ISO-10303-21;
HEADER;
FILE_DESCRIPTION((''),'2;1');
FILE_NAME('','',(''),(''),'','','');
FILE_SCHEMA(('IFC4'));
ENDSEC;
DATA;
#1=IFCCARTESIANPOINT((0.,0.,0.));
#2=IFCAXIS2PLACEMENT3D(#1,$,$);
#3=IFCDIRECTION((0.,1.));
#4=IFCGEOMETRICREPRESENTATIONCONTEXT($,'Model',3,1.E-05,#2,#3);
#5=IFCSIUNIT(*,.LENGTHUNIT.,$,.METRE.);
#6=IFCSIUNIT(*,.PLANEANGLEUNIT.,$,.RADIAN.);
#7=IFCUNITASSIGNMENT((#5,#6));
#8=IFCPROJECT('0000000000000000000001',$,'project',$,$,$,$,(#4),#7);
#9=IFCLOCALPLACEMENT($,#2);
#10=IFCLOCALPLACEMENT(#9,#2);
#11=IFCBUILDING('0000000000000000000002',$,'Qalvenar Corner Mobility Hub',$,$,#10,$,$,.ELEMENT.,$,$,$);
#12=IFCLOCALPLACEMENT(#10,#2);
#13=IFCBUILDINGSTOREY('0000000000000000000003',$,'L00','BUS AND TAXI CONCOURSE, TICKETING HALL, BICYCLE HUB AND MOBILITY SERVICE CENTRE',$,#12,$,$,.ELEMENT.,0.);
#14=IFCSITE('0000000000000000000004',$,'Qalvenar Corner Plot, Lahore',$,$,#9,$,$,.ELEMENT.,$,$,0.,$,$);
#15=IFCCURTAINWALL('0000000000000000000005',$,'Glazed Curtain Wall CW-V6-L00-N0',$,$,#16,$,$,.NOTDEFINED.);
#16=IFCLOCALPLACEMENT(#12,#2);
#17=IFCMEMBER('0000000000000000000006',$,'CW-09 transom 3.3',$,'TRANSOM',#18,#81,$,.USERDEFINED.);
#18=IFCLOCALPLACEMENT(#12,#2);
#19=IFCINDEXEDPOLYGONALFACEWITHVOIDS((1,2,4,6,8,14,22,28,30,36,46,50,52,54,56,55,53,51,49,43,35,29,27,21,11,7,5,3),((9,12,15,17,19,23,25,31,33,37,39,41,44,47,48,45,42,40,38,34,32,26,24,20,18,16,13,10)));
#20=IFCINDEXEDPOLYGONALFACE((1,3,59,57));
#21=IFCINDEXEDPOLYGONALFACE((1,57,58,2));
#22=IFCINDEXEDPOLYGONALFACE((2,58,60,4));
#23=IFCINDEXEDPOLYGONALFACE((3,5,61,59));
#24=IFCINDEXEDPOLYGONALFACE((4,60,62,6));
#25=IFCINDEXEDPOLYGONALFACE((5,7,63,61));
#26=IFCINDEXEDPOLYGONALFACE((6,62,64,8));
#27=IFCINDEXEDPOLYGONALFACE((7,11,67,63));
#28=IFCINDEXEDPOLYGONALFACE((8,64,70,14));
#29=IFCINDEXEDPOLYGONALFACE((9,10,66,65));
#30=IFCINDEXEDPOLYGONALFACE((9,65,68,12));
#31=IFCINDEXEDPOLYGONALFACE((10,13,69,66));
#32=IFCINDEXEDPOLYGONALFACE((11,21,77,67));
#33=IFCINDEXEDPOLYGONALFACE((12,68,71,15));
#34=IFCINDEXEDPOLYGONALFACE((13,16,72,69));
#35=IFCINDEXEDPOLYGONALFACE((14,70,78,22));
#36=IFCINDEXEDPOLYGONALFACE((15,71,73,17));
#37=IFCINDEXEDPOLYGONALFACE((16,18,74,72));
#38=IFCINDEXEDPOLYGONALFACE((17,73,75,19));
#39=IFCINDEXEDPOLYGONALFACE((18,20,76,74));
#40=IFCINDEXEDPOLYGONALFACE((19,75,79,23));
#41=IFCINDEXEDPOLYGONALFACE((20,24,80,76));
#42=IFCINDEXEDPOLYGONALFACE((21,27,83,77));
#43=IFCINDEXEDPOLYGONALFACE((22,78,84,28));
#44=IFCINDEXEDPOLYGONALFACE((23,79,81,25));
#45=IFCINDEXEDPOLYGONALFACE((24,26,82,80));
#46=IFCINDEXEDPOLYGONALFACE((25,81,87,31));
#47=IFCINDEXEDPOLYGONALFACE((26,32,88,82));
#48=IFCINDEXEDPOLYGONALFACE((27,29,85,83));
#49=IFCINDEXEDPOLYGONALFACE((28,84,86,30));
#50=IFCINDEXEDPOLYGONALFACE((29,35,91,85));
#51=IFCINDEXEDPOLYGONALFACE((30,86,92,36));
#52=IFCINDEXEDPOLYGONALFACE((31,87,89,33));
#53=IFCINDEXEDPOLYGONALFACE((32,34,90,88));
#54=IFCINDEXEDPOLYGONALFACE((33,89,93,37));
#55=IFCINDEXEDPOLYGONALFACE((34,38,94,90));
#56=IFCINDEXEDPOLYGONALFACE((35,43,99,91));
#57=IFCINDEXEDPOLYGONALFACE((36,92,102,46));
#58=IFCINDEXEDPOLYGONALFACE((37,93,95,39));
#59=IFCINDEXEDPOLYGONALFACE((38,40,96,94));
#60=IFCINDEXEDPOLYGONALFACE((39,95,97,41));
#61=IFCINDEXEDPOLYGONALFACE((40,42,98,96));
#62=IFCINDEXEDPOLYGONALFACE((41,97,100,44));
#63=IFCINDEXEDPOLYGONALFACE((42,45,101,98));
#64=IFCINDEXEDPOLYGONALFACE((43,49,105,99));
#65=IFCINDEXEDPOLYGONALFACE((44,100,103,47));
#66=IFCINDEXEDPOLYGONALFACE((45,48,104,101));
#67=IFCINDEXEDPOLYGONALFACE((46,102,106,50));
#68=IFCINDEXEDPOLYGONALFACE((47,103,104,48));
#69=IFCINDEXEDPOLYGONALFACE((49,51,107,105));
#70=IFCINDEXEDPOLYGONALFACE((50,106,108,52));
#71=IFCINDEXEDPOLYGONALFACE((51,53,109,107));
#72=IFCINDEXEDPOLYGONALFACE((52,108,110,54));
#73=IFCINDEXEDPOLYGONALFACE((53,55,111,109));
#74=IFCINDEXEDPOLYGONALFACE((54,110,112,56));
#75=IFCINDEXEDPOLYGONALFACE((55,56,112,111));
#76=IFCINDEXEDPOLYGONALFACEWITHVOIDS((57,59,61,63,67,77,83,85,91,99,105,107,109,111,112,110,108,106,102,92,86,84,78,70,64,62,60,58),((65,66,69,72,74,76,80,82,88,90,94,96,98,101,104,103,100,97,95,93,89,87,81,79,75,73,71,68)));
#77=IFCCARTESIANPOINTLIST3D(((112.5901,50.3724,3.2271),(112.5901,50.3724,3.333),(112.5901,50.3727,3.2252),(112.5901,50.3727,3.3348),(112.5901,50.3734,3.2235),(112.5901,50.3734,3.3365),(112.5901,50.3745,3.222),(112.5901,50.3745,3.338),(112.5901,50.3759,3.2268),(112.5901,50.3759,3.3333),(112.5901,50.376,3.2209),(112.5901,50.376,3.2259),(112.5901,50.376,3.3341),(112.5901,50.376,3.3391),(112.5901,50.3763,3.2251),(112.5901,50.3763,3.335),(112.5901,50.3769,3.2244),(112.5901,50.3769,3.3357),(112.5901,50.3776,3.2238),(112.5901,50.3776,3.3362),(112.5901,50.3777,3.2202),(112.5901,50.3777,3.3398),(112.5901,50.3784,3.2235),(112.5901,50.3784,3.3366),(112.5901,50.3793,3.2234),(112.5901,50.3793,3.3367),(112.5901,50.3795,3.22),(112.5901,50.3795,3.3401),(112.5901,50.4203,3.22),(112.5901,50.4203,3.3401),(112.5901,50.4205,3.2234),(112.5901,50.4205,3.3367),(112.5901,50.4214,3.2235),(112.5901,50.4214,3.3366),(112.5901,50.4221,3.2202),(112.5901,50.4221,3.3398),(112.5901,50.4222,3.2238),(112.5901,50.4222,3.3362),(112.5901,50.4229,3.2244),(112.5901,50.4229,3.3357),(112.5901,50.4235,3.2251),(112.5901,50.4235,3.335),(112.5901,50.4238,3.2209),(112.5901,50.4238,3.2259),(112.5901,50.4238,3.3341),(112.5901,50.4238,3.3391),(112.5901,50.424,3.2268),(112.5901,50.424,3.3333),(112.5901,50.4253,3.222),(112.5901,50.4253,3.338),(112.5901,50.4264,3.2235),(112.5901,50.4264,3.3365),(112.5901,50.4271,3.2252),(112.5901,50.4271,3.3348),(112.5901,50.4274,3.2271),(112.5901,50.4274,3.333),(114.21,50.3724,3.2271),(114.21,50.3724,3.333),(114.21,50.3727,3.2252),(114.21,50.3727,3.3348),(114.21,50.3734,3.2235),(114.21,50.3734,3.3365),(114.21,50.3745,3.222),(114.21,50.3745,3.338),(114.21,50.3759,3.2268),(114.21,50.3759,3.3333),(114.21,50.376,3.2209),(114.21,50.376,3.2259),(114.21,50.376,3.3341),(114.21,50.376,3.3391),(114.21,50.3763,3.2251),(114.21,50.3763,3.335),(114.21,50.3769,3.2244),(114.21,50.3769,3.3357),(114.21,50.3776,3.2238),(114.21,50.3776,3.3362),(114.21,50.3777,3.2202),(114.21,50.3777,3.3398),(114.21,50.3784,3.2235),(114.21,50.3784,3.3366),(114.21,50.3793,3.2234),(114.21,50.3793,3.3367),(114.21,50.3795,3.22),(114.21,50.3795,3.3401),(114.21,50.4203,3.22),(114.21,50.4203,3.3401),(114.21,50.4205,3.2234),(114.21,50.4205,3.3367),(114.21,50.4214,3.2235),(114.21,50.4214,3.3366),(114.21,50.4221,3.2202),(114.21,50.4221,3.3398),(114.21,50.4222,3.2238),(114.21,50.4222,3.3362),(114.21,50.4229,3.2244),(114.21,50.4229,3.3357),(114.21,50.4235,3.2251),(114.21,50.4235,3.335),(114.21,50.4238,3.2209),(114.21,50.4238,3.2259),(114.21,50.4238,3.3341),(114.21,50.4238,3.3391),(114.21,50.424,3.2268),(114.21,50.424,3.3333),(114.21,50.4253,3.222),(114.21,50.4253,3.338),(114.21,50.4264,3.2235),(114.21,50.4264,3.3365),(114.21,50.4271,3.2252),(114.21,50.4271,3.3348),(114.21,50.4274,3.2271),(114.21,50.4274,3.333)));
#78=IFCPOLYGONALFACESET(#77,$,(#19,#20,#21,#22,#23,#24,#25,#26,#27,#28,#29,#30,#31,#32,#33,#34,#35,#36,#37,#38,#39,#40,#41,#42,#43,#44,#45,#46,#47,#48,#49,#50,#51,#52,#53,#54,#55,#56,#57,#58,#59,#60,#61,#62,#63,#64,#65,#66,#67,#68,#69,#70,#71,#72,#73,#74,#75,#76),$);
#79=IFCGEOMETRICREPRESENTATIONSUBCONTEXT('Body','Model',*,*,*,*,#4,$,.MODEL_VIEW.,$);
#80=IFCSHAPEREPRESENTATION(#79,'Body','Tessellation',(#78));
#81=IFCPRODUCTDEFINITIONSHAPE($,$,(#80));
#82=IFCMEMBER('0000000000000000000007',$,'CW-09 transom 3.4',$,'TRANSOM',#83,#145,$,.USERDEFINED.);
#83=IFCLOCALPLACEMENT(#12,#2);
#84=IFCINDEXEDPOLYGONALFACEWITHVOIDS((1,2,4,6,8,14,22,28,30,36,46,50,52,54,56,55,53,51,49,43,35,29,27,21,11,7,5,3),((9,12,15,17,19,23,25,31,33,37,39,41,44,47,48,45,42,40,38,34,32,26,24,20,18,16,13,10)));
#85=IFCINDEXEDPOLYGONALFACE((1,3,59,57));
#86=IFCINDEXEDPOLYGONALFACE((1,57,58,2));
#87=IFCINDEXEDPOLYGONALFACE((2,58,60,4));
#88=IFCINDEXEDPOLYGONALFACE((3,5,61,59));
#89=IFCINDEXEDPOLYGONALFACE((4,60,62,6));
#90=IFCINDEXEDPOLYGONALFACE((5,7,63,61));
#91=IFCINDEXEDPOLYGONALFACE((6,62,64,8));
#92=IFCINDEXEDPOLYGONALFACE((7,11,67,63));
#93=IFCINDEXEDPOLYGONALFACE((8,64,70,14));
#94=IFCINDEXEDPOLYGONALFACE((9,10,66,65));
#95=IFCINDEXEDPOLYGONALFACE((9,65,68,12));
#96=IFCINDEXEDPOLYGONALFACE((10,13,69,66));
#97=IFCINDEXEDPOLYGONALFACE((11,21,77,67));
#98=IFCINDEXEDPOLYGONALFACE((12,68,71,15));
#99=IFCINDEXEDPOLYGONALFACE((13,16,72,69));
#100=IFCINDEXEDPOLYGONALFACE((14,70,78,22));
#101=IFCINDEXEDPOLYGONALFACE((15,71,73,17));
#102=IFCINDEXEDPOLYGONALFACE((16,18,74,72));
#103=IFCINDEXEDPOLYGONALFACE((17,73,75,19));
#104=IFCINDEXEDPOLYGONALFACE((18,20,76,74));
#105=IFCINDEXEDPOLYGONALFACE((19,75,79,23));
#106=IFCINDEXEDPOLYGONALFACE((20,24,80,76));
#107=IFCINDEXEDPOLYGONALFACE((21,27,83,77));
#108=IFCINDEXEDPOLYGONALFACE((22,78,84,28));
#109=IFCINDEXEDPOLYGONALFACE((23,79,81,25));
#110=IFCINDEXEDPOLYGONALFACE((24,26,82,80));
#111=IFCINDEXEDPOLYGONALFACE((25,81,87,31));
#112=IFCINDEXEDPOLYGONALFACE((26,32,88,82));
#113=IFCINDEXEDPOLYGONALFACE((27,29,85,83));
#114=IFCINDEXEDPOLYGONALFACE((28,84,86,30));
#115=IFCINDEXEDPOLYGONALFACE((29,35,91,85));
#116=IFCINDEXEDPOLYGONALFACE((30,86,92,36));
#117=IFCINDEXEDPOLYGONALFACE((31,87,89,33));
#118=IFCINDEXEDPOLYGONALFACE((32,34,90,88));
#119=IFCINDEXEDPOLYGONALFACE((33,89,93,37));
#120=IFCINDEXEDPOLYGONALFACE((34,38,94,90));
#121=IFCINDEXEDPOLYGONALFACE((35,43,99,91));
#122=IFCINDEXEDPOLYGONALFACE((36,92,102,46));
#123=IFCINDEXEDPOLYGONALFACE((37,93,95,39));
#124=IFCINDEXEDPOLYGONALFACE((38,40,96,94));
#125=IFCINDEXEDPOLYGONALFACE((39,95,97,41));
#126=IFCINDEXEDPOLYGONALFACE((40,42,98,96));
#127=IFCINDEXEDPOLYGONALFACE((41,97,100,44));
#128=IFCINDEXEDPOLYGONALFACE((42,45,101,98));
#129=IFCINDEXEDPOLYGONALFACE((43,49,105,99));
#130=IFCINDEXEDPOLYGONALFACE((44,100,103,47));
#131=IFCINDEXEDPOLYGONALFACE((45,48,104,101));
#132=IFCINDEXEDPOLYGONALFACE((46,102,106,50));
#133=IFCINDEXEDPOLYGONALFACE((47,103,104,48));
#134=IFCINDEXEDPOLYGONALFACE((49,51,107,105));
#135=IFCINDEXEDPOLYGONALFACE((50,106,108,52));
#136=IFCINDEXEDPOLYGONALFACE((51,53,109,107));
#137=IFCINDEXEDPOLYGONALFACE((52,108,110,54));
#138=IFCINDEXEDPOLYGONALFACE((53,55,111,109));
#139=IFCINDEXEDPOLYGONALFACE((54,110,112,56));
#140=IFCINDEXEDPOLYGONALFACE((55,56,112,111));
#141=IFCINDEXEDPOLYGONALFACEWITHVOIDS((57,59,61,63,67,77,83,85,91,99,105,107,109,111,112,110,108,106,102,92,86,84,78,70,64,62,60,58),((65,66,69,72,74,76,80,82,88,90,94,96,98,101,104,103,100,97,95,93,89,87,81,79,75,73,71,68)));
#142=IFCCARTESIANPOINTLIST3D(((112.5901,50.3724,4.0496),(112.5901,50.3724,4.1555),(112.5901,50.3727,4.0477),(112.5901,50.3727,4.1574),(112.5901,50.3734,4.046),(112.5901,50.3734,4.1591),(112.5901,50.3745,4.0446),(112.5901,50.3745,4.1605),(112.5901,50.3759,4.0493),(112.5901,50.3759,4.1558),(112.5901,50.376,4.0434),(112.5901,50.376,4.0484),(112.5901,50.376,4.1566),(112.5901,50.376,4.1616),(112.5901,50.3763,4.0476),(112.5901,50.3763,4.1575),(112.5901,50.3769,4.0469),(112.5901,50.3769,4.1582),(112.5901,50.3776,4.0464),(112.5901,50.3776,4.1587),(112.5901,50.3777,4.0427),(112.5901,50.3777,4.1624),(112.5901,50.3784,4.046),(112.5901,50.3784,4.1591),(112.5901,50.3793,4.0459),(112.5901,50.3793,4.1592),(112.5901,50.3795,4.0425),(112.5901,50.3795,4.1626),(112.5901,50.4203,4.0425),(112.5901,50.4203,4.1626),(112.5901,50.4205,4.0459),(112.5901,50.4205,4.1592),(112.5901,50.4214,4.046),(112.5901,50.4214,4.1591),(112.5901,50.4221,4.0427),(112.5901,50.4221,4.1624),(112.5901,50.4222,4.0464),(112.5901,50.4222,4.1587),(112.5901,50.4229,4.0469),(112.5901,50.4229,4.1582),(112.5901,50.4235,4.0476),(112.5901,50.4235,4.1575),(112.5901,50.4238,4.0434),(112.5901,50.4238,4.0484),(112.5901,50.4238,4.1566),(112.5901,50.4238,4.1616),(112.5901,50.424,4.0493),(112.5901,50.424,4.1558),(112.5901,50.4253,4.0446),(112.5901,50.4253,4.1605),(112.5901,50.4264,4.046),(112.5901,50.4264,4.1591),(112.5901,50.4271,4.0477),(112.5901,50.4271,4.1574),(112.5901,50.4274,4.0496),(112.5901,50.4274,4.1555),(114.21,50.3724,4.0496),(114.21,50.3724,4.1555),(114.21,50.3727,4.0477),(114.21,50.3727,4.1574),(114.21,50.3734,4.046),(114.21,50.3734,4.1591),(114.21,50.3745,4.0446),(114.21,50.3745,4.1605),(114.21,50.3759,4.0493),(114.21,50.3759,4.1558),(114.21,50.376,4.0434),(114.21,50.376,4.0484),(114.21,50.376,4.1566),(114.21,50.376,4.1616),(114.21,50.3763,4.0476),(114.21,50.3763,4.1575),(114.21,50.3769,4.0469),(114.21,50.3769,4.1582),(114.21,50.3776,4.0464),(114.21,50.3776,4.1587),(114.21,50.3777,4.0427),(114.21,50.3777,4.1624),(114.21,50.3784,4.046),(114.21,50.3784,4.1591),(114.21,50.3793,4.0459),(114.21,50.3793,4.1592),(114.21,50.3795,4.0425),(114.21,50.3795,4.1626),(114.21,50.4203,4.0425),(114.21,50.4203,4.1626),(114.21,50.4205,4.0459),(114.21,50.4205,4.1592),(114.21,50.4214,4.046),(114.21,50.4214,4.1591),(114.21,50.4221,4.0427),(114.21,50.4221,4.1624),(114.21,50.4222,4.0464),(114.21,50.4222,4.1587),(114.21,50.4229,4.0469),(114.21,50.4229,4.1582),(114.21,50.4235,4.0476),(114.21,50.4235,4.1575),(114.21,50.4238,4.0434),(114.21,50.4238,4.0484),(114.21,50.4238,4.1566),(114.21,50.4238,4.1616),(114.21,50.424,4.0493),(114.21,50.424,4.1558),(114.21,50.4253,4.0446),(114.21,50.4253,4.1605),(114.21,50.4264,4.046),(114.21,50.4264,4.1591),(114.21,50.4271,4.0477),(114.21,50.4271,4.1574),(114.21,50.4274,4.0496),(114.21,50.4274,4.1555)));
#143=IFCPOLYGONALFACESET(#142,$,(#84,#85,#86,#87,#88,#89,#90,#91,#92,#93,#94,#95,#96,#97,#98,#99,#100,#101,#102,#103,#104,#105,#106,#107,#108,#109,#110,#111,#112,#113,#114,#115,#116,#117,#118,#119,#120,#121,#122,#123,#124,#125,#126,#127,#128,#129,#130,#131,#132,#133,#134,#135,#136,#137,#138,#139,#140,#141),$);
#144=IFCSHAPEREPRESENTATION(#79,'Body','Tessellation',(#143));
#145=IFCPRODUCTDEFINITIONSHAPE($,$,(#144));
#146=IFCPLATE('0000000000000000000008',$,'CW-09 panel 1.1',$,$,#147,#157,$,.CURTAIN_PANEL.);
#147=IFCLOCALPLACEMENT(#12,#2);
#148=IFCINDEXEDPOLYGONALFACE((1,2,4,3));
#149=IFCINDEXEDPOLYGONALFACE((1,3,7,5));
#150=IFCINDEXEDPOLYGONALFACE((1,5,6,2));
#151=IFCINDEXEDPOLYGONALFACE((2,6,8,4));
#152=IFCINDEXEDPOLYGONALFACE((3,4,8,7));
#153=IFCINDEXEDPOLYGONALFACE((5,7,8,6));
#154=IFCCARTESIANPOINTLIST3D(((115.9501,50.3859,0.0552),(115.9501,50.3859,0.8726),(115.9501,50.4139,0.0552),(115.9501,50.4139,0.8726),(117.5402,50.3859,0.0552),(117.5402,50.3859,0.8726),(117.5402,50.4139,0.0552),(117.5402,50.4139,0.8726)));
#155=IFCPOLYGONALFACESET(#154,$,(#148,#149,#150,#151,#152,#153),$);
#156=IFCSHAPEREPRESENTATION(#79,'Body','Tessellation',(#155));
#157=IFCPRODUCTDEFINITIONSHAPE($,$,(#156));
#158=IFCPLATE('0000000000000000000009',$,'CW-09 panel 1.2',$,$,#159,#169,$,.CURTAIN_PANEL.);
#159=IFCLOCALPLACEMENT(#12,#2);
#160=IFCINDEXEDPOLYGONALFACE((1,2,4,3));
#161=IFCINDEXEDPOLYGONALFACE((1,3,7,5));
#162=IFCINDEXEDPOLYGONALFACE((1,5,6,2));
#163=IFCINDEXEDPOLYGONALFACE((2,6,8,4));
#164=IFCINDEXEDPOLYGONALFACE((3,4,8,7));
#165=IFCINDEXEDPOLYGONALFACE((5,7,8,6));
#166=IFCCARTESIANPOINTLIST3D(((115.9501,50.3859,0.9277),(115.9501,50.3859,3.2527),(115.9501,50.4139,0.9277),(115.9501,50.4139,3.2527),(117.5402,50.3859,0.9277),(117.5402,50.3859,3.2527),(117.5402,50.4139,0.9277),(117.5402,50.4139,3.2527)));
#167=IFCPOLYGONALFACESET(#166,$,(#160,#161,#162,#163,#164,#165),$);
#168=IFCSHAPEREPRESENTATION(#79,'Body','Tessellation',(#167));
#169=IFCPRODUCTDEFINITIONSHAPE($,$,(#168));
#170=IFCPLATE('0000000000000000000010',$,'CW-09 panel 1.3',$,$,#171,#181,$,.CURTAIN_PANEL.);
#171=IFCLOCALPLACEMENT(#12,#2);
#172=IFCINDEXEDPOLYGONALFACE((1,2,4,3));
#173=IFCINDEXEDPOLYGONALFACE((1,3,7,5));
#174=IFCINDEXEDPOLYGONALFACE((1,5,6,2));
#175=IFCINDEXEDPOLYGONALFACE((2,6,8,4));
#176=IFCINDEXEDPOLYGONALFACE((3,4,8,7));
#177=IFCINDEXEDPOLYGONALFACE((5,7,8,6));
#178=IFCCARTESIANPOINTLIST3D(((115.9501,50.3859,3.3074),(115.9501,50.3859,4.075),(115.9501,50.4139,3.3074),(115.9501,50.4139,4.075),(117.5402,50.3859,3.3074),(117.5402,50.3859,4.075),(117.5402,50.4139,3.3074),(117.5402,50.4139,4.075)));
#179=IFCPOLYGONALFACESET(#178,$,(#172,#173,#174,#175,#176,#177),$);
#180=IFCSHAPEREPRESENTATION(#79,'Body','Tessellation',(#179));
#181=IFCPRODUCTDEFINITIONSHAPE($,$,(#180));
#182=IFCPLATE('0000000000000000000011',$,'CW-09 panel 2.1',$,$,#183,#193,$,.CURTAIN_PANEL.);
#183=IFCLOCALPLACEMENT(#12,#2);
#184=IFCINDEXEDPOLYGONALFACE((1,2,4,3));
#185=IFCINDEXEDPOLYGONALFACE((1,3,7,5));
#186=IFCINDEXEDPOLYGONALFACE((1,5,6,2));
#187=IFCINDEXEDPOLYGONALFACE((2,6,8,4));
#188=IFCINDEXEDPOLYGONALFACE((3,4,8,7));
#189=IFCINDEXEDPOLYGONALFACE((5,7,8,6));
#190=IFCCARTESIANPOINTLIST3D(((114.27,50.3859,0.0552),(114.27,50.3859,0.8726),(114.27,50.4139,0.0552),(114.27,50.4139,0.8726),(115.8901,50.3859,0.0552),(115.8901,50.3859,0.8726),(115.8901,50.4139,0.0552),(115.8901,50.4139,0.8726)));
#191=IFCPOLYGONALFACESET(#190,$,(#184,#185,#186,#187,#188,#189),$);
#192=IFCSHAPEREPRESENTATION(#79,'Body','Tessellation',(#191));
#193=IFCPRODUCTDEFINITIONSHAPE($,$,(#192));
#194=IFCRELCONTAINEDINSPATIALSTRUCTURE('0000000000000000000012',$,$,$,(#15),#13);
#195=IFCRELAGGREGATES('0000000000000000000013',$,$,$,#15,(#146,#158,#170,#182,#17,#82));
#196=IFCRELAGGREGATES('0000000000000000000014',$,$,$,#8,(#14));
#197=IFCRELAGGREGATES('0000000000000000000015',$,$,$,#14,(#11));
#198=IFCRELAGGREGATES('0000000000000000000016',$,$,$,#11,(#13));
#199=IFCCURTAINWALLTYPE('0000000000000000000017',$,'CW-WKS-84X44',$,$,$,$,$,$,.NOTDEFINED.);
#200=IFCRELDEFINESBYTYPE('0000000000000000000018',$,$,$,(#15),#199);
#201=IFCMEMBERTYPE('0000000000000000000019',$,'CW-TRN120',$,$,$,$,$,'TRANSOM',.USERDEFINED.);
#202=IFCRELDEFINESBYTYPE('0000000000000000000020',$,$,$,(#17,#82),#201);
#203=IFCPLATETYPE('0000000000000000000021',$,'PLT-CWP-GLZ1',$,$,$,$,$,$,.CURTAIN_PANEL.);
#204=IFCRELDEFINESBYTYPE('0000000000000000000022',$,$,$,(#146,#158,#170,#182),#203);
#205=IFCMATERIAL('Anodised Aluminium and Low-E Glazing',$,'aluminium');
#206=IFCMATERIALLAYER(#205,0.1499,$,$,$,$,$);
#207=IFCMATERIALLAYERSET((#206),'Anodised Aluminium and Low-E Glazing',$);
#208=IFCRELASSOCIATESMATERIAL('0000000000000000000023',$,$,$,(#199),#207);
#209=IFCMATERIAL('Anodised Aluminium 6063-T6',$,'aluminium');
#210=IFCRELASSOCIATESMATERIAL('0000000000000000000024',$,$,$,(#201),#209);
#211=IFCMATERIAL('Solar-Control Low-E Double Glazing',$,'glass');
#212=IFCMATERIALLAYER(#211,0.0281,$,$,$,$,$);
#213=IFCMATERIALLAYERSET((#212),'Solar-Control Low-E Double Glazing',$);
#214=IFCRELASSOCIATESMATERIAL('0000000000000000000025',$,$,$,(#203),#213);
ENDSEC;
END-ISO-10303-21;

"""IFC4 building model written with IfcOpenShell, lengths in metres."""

from ifc_helpers import new_model, si_unit, direction, frame, origin, origin_2d, place, context, subcontext, project, spatial, rectangle, hollow_rectangle, extrude, material, layer, layer_set, material_profile, profile_set, type_object, element, aggregate, save


model = new_model("IFC4")

# Units and contexts
model_context = context("Model", 3, precision=1e-05, world=origin(), true_north=direction((0.0, 1.0)))
body_context = subcontext(model_context, "Body", "Model", "MODEL_VIEW")
ifc_project = project(units=[si_unit("LENGTHUNIT", "METRE"), si_unit("PLANEANGLEUNIT", "RADIAN")], contexts=[model_context])

# Site, building, storey
site_placement = place(None, origin())
site = spatial("IfcSite", under=ifc_project, at=site_placement, Name="Qalvenar Corner Plot, Lahore", CompositionType="ELEMENT", RefElevation=0.0)
building_placement = place(site_placement, origin())
building = spatial("IfcBuilding", under=site, at=building_placement, Name="Qalvenar Corner Mobility Hub", CompositionType="ELEMENT")
storey_placement = place(building_placement, origin())
storey = spatial("IfcBuildingStorey", under=building, at=storey_placement, Name="L00", Description="BUS AND TAXI CONCOURSE, TICKETING HALL, BICYCLE HUB AND MOBILITY SERVICE CENTRE", CompositionType="ELEMENT", Elevation=0.0)

# Curtain wall, members, plates
ifc_material_1 = material(Name="Anodised Aluminium and Low-E Glazing", Category="aluminium")
ifc_layer_1 = layer(ifc_material_1, 0.1499)
ifc_layer_set_1 = layer_set([ifc_layer_1], Name="Anodised Aluminium and Low-E Glazing")
curtain_wall_type = type_object("IfcCurtainWallType", Name="CW-WKS-84X44", PredefinedType="NOTDEFINED", material=ifc_layer_set_1)
curtain_wall_placement = place(storey_placement, origin())
curtain_wall = element("IfcCurtainWall", 1, at=curtain_wall_placement, inside=storey, type_object=curtain_wall_type, Name="Glazed Curtain Wall CW-V6-L00-N0", PredefinedType="NOTDEFINED")
ifc_material_2 = material(Name="Anodised Aluminium 6063-T6", Category="aluminium")
ifc_material_profile_1 = material_profile(ifc_material_2, hollow_rectangle(XDim=0.0549, YDim=0.1201, WallThickness=0.0034, InnerFilletRadius=0.0034, OuterFilletRadius=0.0071, at=origin_2d()), Name="RHS120x55x3.5")
ifc_profile_set_1 = profile_set([ifc_material_profile_1], Name="Anodised Aluminium 6063-T6")
member_type_1 = type_object("IfcMemberType", Name="CW-TRN120", ElementType="TRANSOM", PredefinedType="USERDEFINED", material=ifc_profile_set_1)
member_1_placement = place(storey_placement, frame((114.21, 50.3999, 3.28), z_axis=(-1.0, 0.0, 0.0), x_axis=(0.0, -1.0, 0.0)))
member_1 = element("IfcMember", 2, at=member_1_placement, type_object=member_type_1, Name="CW-09 transom 3.3", ObjectType="TRANSOM", PredefinedType="USERDEFINED", context=body_context, shape_type="SweptSolid", body=[
    extrude(hollow_rectangle(XDim=0.0549, YDim=0.1201, WallThickness=0.0034, InnerFilletRadius=0.0034, OuterFilletRadius=0.0071, at=origin_2d()), origin(), (0.0, 0.0, 1.0), 1.6199),
])
member_2_placement = place(storey_placement, frame((114.21, 50.3999, 4.1025), z_axis=(-1.0, 0.0, 0.0), x_axis=(0.0, -1.0, 0.0)))
member_2 = element("IfcMember", 3, at=member_2_placement, type_object=member_type_1, Name="CW-09 transom 3.4", ObjectType="TRANSOM", PredefinedType="USERDEFINED", context=body_context, shape_type="SweptSolid", body=[
    extrude(hollow_rectangle(XDim=0.0549, YDim=0.1201, WallThickness=0.0034, InnerFilletRadius=0.0034, OuterFilletRadius=0.0071, at=origin_2d()), origin(), (0.0, 0.0, 1.0), 1.6199),
])
ifc_material_3 = material(Name="Solar-Control Low-E Double Glazing", Category="glass")
ifc_layer_2 = layer(ifc_material_3, 0.0281)
ifc_layer_set_2 = layer_set([ifc_layer_2], Name="Solar-Control Low-E Double Glazing")
plate_type = type_object("IfcPlateType", Name="PLT-CWP-GLZ1", PredefinedType="CURTAIN_PANEL", material=ifc_layer_set_2)
plate_1_placement = place(storey_placement, frame((116.7451, 50.3999, 0.0552), z_axis=(0.0, 0.0, 1.0), x_axis=(-1.0, 0.0, 0.0)))
plate_1 = element("IfcPlate", 4, at=plate_1_placement, type_object=plate_type, Name="CW-09 panel 1.1", PredefinedType="CURTAIN_PANEL", context=body_context, shape_type="SweptSolid", body=[
    extrude(rectangle(XDim=1.5901, YDim=0.0281, at=origin_2d()), origin(), (0.0, 0.0, 1.0), 0.8174),
])
plate_2_placement = place(storey_placement, frame((116.7451, 50.3999, 0.9277), z_axis=(0.0, 0.0, 1.0), x_axis=(-1.0, 0.0, 0.0)))
plate_2 = element("IfcPlate", 5, at=plate_2_placement, type_object=plate_type, Name="CW-09 panel 1.2", PredefinedType="CURTAIN_PANEL", context=body_context, shape_type="SweptSolid", body=[
    extrude(rectangle(XDim=1.5901, YDim=0.0281, at=origin_2d()), origin(), (0.0, 0.0, 1.0), 2.325),
])
plate_3_placement = place(storey_placement, frame((116.7451, 50.3999, 3.3074), z_axis=(0.0, 0.0, 1.0), x_axis=(-1.0, 0.0, 0.0)))
plate_3 = element("IfcPlate", 6, at=plate_3_placement, type_object=plate_type, Name="CW-09 panel 1.3", PredefinedType="CURTAIN_PANEL", context=body_context, shape_type="SweptSolid", body=[
    extrude(rectangle(XDim=1.5901, YDim=0.0281, at=origin_2d()), origin(), (0.0, 0.0, 1.0), 0.7676),
])
plate_4_placement = place(storey_placement, frame((115.0801, 50.3999, 0.0552), z_axis=(0.0, 0.0, 1.0), x_axis=(-1.0, 0.0, 0.0)))
plate_4 = element("IfcPlate", 7, at=plate_4_placement, type_object=plate_type, Name="CW-09 panel 2.1", PredefinedType="CURTAIN_PANEL", context=body_context, shape_type="SweptSolid", body=[
    extrude(rectangle(XDim=1.6201, YDim=0.0281, at=origin_2d()), origin(), (0.0, 0.0, 1.0), 0.8174),
])
aggregate(curtain_wall, [plate_1, plate_2, plate_3, plate_4, member_1, member_2])

save(model, "model.ifc")
